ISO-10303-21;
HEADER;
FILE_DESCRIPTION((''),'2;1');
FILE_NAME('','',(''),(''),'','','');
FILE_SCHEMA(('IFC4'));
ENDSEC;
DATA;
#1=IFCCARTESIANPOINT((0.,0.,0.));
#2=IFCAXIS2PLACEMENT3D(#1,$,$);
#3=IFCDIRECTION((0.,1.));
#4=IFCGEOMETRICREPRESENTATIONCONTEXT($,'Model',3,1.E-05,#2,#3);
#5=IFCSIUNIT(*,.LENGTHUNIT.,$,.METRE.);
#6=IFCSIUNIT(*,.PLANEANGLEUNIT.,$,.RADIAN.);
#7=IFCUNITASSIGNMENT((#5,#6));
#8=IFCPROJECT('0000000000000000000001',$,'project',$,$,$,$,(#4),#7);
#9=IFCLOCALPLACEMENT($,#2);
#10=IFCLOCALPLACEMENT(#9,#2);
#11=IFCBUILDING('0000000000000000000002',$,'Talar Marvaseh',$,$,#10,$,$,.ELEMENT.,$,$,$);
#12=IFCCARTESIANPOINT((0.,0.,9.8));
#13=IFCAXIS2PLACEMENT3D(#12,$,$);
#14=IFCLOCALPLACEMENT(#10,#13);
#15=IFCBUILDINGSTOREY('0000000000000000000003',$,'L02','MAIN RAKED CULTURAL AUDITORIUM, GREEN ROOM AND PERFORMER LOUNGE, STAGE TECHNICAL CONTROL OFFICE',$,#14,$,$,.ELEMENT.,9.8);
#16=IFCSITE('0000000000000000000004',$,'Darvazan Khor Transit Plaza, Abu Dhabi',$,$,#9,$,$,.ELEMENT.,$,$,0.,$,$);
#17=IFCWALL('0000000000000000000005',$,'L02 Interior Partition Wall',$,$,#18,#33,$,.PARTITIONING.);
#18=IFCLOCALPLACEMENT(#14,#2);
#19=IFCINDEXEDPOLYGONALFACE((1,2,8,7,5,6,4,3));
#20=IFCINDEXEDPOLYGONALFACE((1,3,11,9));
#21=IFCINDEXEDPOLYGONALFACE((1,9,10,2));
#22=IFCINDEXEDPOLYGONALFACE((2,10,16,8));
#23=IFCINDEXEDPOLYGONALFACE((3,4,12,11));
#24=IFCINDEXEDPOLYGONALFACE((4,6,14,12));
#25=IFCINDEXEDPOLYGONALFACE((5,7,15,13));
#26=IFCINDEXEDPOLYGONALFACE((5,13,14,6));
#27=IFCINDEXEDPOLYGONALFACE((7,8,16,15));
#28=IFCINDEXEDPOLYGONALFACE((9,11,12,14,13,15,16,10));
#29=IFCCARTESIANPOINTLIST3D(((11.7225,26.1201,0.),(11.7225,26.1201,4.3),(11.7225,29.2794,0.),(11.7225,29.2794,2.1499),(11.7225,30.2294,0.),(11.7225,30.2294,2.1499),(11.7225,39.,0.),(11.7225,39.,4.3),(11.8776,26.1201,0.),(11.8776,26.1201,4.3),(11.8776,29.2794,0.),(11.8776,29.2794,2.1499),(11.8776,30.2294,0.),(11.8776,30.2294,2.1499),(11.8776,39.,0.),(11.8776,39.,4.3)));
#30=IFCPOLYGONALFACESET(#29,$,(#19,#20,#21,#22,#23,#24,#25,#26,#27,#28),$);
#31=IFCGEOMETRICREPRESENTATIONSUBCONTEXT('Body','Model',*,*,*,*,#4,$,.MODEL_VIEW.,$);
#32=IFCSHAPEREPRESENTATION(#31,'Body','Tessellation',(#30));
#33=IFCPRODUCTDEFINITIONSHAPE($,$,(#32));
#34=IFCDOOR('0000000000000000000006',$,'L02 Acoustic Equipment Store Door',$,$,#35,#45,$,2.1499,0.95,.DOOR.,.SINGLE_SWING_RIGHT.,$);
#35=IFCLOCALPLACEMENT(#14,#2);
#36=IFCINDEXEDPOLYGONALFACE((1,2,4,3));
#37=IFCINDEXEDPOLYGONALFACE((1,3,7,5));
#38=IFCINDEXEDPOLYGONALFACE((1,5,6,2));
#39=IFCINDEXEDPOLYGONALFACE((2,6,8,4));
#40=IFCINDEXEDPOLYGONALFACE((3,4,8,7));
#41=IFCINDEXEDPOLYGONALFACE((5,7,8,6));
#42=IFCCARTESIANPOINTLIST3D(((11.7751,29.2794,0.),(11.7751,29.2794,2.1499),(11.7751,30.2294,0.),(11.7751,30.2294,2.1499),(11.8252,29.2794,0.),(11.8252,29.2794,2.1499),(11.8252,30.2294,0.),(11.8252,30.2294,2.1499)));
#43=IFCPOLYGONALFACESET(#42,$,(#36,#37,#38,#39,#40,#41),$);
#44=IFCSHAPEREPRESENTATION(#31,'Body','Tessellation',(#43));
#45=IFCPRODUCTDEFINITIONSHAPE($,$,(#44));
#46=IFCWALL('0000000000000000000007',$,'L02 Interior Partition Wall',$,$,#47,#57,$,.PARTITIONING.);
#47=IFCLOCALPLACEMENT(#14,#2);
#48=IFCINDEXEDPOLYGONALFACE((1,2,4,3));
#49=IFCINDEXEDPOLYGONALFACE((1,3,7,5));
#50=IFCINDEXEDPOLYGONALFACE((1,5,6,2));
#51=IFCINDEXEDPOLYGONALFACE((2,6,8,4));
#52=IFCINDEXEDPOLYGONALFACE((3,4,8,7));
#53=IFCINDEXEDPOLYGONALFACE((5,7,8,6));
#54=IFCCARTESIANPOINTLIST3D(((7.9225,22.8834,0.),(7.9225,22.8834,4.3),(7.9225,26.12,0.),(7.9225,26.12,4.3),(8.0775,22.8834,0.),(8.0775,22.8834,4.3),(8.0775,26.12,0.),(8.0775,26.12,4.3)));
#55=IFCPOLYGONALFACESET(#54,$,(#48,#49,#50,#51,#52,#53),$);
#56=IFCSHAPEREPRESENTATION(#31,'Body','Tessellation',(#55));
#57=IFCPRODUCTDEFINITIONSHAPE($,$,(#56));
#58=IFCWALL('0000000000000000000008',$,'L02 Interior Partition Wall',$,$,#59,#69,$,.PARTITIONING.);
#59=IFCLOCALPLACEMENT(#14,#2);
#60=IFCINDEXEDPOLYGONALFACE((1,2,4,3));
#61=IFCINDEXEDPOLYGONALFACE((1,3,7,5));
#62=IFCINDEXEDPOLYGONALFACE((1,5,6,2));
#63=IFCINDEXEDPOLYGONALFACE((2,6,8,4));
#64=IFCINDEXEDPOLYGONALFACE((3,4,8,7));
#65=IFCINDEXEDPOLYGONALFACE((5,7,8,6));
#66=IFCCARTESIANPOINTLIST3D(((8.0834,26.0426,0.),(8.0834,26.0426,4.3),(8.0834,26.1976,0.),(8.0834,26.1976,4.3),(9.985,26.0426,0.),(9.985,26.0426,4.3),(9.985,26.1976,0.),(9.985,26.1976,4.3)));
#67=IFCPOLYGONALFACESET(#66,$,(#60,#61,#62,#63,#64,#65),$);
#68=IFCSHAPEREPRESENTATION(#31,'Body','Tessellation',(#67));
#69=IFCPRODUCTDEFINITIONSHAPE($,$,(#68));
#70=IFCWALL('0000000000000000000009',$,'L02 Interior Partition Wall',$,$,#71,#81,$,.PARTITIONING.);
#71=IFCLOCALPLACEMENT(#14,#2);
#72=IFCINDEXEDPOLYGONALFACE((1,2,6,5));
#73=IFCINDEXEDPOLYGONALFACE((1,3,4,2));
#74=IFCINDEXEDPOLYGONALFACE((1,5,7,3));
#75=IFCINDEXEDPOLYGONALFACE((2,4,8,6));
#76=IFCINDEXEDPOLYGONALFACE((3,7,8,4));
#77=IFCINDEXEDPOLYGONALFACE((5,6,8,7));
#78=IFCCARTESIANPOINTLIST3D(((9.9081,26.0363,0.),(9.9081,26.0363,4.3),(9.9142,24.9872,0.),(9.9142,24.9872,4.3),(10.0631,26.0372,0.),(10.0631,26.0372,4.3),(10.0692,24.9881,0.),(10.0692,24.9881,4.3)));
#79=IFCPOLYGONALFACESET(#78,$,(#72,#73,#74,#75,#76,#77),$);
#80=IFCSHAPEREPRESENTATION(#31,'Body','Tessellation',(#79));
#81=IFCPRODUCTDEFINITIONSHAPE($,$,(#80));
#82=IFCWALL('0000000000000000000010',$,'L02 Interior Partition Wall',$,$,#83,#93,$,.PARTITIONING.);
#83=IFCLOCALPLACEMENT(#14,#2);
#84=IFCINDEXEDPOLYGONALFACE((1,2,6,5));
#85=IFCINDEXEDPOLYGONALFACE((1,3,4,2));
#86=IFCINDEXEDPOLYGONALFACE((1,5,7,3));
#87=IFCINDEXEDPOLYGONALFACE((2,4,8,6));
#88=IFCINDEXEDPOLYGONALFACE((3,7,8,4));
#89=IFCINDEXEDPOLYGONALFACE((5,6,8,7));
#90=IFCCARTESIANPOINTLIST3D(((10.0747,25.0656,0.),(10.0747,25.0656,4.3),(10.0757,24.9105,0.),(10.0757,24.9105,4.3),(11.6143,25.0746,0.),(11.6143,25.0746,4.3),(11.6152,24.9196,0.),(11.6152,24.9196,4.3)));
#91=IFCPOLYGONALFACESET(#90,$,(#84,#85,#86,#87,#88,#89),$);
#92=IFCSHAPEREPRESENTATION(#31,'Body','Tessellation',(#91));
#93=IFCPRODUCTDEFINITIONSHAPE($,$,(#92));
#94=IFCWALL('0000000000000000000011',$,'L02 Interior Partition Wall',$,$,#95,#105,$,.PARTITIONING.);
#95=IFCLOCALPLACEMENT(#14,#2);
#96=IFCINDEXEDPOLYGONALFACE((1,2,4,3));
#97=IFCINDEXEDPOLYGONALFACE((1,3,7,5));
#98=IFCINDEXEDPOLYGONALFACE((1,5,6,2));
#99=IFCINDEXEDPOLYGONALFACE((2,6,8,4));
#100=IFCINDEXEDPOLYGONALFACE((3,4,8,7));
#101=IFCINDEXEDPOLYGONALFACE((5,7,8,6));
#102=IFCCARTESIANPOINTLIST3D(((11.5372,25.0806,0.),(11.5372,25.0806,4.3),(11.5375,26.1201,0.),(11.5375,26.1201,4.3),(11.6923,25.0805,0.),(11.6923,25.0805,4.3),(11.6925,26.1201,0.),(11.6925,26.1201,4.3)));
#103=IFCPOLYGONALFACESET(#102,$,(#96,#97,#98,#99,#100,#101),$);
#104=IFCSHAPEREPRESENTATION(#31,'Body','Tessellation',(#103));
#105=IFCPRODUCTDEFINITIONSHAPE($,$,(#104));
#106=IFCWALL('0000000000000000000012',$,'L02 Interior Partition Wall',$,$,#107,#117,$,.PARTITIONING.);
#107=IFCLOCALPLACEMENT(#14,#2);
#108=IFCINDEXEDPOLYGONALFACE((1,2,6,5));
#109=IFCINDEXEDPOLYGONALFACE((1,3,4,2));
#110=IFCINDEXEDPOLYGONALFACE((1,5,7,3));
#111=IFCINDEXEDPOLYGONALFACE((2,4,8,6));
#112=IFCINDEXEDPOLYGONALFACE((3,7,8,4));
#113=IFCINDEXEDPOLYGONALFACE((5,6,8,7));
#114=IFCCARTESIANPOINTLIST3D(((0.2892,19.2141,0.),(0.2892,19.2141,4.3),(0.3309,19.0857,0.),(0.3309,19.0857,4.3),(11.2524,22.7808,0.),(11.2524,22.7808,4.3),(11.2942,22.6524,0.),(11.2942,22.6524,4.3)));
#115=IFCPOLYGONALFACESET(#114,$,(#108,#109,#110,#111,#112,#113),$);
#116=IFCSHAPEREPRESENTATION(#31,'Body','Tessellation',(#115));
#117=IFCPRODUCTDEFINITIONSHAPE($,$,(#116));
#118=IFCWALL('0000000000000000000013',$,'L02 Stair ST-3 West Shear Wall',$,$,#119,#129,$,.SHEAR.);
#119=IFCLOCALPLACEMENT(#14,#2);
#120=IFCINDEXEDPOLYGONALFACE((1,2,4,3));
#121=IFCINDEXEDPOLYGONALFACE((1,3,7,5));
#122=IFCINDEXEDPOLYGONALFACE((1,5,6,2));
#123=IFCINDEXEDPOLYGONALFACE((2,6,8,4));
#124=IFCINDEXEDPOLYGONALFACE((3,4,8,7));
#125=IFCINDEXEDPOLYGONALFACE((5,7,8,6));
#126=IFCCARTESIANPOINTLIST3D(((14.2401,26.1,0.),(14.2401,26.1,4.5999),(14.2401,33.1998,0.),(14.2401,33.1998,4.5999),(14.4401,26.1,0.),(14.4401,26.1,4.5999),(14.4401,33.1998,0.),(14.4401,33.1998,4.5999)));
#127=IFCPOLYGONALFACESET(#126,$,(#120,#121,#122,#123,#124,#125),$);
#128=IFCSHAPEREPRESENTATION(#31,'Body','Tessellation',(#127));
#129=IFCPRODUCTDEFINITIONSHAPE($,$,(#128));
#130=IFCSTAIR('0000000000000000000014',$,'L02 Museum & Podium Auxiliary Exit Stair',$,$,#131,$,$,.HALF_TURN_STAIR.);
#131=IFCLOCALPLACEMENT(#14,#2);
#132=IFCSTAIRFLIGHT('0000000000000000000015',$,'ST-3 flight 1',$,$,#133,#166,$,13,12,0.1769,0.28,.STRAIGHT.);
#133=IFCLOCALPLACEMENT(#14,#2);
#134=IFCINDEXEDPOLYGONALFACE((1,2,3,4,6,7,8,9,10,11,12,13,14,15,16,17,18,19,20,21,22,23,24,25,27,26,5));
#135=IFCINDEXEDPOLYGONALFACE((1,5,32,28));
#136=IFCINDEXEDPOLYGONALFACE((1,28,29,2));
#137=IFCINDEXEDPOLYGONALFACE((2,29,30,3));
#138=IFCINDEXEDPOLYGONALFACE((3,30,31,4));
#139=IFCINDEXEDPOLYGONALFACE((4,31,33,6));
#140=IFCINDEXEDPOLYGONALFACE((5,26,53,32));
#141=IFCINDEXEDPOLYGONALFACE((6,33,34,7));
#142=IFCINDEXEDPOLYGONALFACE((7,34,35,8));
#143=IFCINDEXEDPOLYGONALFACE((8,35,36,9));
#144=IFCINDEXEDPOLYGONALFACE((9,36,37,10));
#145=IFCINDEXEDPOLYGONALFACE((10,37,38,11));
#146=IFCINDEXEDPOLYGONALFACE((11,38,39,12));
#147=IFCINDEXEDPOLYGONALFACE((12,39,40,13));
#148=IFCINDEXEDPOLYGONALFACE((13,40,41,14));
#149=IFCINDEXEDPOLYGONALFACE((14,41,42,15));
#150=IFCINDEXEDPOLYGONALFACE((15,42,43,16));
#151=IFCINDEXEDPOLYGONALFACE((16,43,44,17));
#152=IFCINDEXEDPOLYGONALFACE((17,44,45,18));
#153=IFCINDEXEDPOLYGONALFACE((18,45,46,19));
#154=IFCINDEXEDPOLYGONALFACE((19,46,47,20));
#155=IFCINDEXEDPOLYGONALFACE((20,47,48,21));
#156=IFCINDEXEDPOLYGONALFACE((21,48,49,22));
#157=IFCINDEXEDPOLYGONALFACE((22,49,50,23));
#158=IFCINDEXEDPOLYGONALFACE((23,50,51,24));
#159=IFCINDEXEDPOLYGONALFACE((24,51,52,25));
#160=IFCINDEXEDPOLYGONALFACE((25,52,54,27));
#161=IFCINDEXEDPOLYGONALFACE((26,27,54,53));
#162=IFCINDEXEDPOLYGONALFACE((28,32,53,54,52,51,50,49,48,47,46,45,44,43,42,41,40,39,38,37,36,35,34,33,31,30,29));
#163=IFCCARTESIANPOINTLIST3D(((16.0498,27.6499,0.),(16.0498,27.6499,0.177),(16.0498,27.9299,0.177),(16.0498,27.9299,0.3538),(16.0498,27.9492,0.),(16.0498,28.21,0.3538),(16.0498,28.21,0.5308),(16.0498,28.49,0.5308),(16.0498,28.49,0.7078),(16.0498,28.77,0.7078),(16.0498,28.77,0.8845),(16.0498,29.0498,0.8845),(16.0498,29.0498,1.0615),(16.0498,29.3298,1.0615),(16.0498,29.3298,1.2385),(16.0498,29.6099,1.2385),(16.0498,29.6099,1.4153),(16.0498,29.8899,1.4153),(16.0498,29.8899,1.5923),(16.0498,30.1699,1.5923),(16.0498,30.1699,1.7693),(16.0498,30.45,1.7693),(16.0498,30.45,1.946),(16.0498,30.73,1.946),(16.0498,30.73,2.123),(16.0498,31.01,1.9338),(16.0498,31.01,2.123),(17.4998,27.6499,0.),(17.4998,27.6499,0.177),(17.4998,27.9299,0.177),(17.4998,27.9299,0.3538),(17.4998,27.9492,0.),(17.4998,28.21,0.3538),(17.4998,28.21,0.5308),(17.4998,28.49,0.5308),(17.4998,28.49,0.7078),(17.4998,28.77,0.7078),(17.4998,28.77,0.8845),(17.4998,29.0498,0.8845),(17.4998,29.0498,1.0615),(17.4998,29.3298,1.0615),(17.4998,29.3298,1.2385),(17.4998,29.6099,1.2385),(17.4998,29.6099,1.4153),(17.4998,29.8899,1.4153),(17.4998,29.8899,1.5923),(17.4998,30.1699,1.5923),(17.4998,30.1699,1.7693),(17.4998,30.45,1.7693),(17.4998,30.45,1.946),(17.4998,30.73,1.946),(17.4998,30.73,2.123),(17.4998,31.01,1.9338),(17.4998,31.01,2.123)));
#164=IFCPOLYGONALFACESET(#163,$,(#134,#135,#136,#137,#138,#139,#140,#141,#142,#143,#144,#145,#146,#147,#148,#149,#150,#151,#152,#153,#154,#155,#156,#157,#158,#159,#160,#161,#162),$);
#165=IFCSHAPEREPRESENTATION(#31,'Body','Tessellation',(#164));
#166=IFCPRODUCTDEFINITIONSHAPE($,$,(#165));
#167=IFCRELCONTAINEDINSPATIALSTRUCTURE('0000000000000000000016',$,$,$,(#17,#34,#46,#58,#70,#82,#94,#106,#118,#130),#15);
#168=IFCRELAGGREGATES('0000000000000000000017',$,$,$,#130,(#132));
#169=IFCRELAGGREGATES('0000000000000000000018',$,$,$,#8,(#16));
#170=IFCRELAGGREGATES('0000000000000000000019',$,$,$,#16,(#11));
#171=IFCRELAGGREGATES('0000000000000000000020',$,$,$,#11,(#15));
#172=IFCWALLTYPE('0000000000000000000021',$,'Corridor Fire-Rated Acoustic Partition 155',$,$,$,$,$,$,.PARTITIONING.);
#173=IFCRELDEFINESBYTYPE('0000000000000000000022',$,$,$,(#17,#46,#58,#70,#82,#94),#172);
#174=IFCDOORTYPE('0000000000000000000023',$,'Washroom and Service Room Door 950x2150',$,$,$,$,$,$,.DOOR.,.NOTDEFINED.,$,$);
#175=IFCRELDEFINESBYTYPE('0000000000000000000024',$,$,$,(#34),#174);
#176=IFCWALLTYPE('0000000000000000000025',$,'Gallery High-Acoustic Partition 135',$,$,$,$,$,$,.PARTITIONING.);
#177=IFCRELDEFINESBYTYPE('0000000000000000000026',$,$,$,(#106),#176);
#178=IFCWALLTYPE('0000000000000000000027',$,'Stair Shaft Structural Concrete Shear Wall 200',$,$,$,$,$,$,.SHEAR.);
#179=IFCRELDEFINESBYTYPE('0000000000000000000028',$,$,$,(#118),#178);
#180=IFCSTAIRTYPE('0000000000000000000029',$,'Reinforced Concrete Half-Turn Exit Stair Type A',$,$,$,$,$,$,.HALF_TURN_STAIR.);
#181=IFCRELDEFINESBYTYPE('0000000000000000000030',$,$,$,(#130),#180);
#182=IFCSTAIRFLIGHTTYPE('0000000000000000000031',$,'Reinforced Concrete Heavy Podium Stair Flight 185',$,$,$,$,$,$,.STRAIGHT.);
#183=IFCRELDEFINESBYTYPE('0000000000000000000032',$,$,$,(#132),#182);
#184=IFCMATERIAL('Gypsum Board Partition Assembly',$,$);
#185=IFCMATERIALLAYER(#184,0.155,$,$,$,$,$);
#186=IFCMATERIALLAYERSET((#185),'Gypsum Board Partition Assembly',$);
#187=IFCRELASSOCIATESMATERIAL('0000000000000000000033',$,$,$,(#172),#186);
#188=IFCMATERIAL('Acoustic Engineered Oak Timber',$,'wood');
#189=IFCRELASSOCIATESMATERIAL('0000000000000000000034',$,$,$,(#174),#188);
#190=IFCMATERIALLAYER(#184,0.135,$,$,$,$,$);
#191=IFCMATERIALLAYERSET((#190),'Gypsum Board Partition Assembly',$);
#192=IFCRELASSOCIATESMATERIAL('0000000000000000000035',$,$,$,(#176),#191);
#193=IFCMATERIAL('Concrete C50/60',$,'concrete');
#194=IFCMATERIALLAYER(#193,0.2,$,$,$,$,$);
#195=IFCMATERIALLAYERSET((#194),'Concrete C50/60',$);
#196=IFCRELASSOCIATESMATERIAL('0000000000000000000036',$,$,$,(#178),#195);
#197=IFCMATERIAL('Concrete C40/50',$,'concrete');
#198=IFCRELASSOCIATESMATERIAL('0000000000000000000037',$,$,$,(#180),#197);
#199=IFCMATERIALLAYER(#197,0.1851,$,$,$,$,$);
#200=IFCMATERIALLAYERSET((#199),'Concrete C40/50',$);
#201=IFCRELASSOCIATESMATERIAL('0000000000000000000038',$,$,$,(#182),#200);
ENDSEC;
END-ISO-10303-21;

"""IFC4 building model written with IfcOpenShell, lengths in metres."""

from ifc_helpers import new_model, si_unit, direction, frame, frame_2d, origin, place, context, subcontext, project, spatial, polyline, rectangle, outline, extrude, source, transform, mapped, material, layer, layer_set, type_object, type_shapes, element, fill, aggregate, save


model = new_model("IFC4")

# Units and contexts
model_context = context("Model", 3, precision=1e-05, world=origin(), true_north=direction((0.0, 1.0)))
body_context = subcontext(model_context, "Body", "Model", "MODEL_VIEW")
ifc_project = project(units=[si_unit("LENGTHUNIT", "METRE"), si_unit("PLANEANGLEUNIT", "RADIAN")], contexts=[model_context])

# Site, building, storey
site_placement = place(None, origin())
site = spatial("IfcSite", under=ifc_project, at=site_placement, Name="Darvazan Khor Transit Plaza, Abu Dhabi", CompositionType="ELEMENT", RefElevation=0.0)
building_placement = place(site_placement, origin())
building = spatial("IfcBuilding", under=site, at=building_placement, Name="Talar Marvaseh", CompositionType="ELEMENT")
storey_placement = place(building_placement, frame((0.0, 0.0, 9.8)))
storey = spatial("IfcBuildingStorey", under=building, at=storey_placement, Name="L02", Description="MAIN RAKED CULTURAL AUDITORIUM, GREEN ROOM AND PERFORMER LOUNGE, STAGE TECHNICAL CONTROL OFFICE", CompositionType="ELEMENT", Elevation=9.8)

# Wall, opening, door
ifc_material_1 = material(Name="Gypsum Board Partition Assembly")
ifc_layer_1 = layer(ifc_material_1, 0.155)
ifc_layer_set_1 = layer_set([ifc_layer_1], Name="Gypsum Board Partition Assembly")
wall_type_1 = type_object("IfcWallType", Name="Corridor Fire-Rated Acoustic Partition 155", PredefinedType="PARTITIONING", material=ifc_layer_set_1)
wall_1_placement = place(storey_placement, frame((11.8, 26.1201, 0.0), z_axis=(0.0, 0.0, 1.0), x_axis=(0.0, 1.0, 0.0)))
wall_1 = element("IfcWall", 1, at=wall_1_placement, inside=storey, type_object=wall_type_1, Name="L02 Interior Partition Wall", PredefinedType="PARTITIONING", context=body_context, shape_type="SweptSolid", body=[
    extrude(rectangle(XDim=12.8799, YDim=0.155, at=frame_2d((6.4399, 0.0))), origin(), (0.0, 0.0, 1.0), 4.3),
])
opening_placement = place(wall_1_placement, frame((3.1592, 0.0, 0.0)))
opening = element("IfcOpeningElement", 2, at=opening_placement, cuts=wall_1, PredefinedType="OPENING", context=body_context, shape_type="SweptSolid", body=[
    extrude(rectangle(XDim=0.95, YDim=2.1499, at=frame_2d((0.4751, 1.075))), frame((0.0, 0.0874, 0.0), z_axis=(0.0, -1.0, 0.0), x_axis=(1.0, 0.0, 0.0)), (0.0, 0.0, 1.0), 0.175),
])
ifc_material_2 = material(Name="Acoustic Engineered Oak Timber", Category="wood")
door_type = type_object("IfcDoorType", Name="Washroom and Service Room Door 950x2150", OperationType="NOTDEFINED", PredefinedType="DOOR", material=ifc_material_2)
shared_shape = source(origin(), body_context, "Body", "SweptSolid", [
    extrude(rectangle(XDim=0.95, YDim=2.1499, at=frame_2d((0.4751, 1.075))), frame((0.0, 0.0249, 0.0), z_axis=(0.0, -1.0, 0.0), x_axis=(1.0, 0.0, 0.0)), (0.0, 0.0, 1.0), 0.05),
])
type_shapes(door_type, [shared_shape])
door_placement = place(opening_placement, origin())
door = element("IfcDoor", 3, at=door_placement, inside=storey, type_object=door_type, Name="L02 Acoustic Equipment Store Door", OperationType="SINGLE_SWING_RIGHT", OverallHeight=2.1499, OverallWidth=0.95, PredefinedType="DOOR", context=body_context, shape_type="MappedRepresentation", body=[
    mapped(shared_shape, transform((0.0, 0.0, 0.0), x_axis=(1.0, 0.0, 0.0), y_axis=(0.0, 1.0, 0.0), z_axis=(0.0, 0.0, 1.0), scale=1.0)),
])
fill(opening, door)

# Walls
wall_2_placement = place(storey_placement, frame((8.0, 22.8835, 0.0), z_axis=(0.0, 0.0, 1.0), x_axis=(0.0, 1.0, 0.0)))
element("IfcWall", 4, at=wall_2_placement, inside=storey, type_object=wall_type_1, Name="L02 Interior Partition Wall", PredefinedType="PARTITIONING", context=body_context, shape_type="SweptSolid", body=[
    extrude(rectangle(XDim=3.2366, YDim=0.155, at=frame_2d((1.6182, 0.0))), origin(), (0.0, 0.0, 1.0), 4.3),
])
wall_3_placement = place(storey_placement, frame((8.0835, 26.1201, 0.0), z_axis=(0.0, 0.0, 1.0), x_axis=(1.0, 0.0, 0.0)))
element("IfcWall", 5, at=wall_3_placement, inside=storey, type_object=wall_type_1, Name="L02 Interior Partition Wall", PredefinedType="PARTITIONING", context=body_context, shape_type="SweptSolid", body=[
    extrude(rectangle(XDim=1.9016, YDim=0.155, at=frame_2d((0.9507, 0.0))), origin(), (0.0, 0.0, 1.0), 4.3),
])
wall_4_placement = place(storey_placement, frame((9.9856, 26.0366, 0.0), z_axis=(0.0, 0.0, 1.0), x_axis=(0.005818, -0.999983, 0.0)))
element("IfcWall", 6, at=wall_4_placement, inside=storey, type_object=wall_type_1, Name="L02 Interior Partition Wall", PredefinedType="PARTITIONING", context=body_context, shape_type="SweptSolid", body=[
    extrude(rectangle(XDim=1.0491, YDim=0.155, at=frame_2d((0.5244, 0.0))), origin(), (0.0, 0.0, 1.0), 4.3),
])
wall_5_placement = place(storey_placement, frame((10.0752, 24.988, 0.0), z_axis=(0.0, 0.0, 1.0), x_axis=(0.999983, 0.005867, 0.0)))
element("IfcWall", 7, at=wall_5_placement, inside=storey, type_object=wall_type_1, Name="L02 Interior Partition Wall", PredefinedType="PARTITIONING", context=body_context, shape_type="SweptSolid", body=[
    extrude(rectangle(XDim=1.5396, YDim=0.155, at=frame_2d((0.7698, 0.0))), origin(), (0.0, 0.0, 1.0), 4.3),
])
wall_6_placement = place(storey_placement, frame((11.6147, 25.0806, 0.0), z_axis=(0.0, 0.0, 1.0), x_axis=(0.000235, 1.0, 0.0)))
element("IfcWall", 8, at=wall_6_placement, inside=storey, type_object=wall_type_1, Name="L02 Interior Partition Wall", PredefinedType="PARTITIONING", context=body_context, shape_type="SweptSolid", body=[
    extrude(rectangle(XDim=1.0396, YDim=0.155, at=frame_2d((0.5198, 0.0))), origin(), (0.0, 0.0, 1.0), 4.3),
])
ifc_layer_2 = layer(ifc_material_1, 0.135)
ifc_layer_set_2 = layer_set([ifc_layer_2], Name="Gypsum Board Partition Assembly")
wall_type_2 = type_object("IfcWallType", Name="Gallery High-Acoustic Partition 135", PredefinedType="PARTITIONING", material=ifc_layer_set_2)
wall_7_placement = place(storey_placement, frame((0.3101, 19.1499, 0.0), z_axis=(0.0, 0.0, 1.0), x_axis=(0.950941, 0.309371, 0.0)))
element("IfcWall", 9, at=wall_7_placement, inside=storey, type_object=wall_type_2, Name="L02 Interior Partition Wall", PredefinedType="PARTITIONING", context=body_context, shape_type="SweptSolid", body=[
    extrude(rectangle(XDim=11.5288, YDim=0.135, at=frame_2d((5.7644, 0.0))), origin(), (0.0, 0.0, 1.0), 4.3),
])
ifc_material_3 = material(Name="Concrete C50/60", Category="concrete")
ifc_layer_3 = layer(ifc_material_3, 0.2)
ifc_layer_set_3 = layer_set([ifc_layer_3], Name="Concrete C50/60")
wall_type_3 = type_object("IfcWallType", Name="Stair Shaft Structural Concrete Shear Wall 200", PredefinedType="SHEAR", material=ifc_layer_set_3)
wall_8_placement = place(storey_placement, frame((14.3401, 26.1001, 0.0), z_axis=(0.0, 0.0, 1.0), x_axis=(0.0, 1.0, 0.0)))
element("IfcWall", 10, at=wall_8_placement, inside=storey, type_object=wall_type_3, Name="L02 Stair ST-3 West Shear Wall", PredefinedType="SHEAR", context=body_context, shape_type="SweptSolid", body=[
    extrude(rectangle(XDim=7.0999, YDim=0.2, at=frame_2d((3.5498, 0.0))), origin(), (0.0, 0.0, 1.0), 4.5999),
])

# Stair, stair flight
ifc_material_4 = material(Name="Concrete C40/50", Category="concrete")
stair_type = type_object("IfcStairType", Name="Reinforced Concrete Half-Turn Exit Stair Type A", PredefinedType="HALF_TURN_STAIR", material=ifc_material_4)
stair_placement = place(storey_placement, origin())
stair = element("IfcStair", 11, at=stair_placement, inside=storey, type_object=stair_type, Name="L02 Museum & Podium Auxiliary Exit Stair", PredefinedType="HALF_TURN_STAIR")
ifc_layer_4 = layer(ifc_material_4, 0.1851)
ifc_layer_set_4 = layer_set([ifc_layer_4], Name="Concrete C40/50")
stair_flight_type = type_object("IfcStairFlightType", Name="Reinforced Concrete Heavy Podium Stair Flight 185", PredefinedType="STRAIGHT", material=ifc_layer_set_4)
stair_flight_placement = place(storey_placement, frame((16.7749, 27.6499, 0.0), z_axis=(0.0, 0.0, 1.0), x_axis=(0.0, 1.0, 0.0)))
stair_flight = element("IfcStairFlight", 12, at=stair_flight_placement, type_object=stair_flight_type, Name="ST-3 flight 1", NumberOfRisers=13, NumberOfTreads=12, PredefinedType="STRAIGHT", RiserHeight=0.1769, TreadLength=0.28, context=body_context, shape_type="SweptSolid", body=[
    extrude(outline(polyline([(0.0, 0.0), (0.0, 0.177), (0.28, 0.177), (0.28, 0.3538), (0.5601, 0.3538), (0.5601, 0.5308), (0.8401, 0.5308), (0.8401, 0.7078), (1.1201, 0.7078), (1.1201, 0.8845), (1.3999, 0.8845), (1.3999, 1.0615), (1.6799, 1.0615), (1.6799, 1.2385), (1.96, 1.2385), (1.96, 1.4153), (2.24, 1.4153), (2.24, 1.5923), (2.52, 1.5923), (2.52, 1.7693), (2.8, 1.7693), (2.8, 1.946), (3.0801, 1.946), (3.0801, 2.123), (3.3601, 2.123), (3.3601, 2.3), (3.3601, 1.9338), (0.2993, 0.0), (0.0, 0.0)])), frame((0.0, 0.7251, 0.0), z_axis=(0.0, -1.0, 0.0), x_axis=(1.0, 0.0, 0.0)), (0.0, 0.0, 1.0), 1.45),
])
aggregate(stair, [stair_flight])

save(model, "model.ifc")
